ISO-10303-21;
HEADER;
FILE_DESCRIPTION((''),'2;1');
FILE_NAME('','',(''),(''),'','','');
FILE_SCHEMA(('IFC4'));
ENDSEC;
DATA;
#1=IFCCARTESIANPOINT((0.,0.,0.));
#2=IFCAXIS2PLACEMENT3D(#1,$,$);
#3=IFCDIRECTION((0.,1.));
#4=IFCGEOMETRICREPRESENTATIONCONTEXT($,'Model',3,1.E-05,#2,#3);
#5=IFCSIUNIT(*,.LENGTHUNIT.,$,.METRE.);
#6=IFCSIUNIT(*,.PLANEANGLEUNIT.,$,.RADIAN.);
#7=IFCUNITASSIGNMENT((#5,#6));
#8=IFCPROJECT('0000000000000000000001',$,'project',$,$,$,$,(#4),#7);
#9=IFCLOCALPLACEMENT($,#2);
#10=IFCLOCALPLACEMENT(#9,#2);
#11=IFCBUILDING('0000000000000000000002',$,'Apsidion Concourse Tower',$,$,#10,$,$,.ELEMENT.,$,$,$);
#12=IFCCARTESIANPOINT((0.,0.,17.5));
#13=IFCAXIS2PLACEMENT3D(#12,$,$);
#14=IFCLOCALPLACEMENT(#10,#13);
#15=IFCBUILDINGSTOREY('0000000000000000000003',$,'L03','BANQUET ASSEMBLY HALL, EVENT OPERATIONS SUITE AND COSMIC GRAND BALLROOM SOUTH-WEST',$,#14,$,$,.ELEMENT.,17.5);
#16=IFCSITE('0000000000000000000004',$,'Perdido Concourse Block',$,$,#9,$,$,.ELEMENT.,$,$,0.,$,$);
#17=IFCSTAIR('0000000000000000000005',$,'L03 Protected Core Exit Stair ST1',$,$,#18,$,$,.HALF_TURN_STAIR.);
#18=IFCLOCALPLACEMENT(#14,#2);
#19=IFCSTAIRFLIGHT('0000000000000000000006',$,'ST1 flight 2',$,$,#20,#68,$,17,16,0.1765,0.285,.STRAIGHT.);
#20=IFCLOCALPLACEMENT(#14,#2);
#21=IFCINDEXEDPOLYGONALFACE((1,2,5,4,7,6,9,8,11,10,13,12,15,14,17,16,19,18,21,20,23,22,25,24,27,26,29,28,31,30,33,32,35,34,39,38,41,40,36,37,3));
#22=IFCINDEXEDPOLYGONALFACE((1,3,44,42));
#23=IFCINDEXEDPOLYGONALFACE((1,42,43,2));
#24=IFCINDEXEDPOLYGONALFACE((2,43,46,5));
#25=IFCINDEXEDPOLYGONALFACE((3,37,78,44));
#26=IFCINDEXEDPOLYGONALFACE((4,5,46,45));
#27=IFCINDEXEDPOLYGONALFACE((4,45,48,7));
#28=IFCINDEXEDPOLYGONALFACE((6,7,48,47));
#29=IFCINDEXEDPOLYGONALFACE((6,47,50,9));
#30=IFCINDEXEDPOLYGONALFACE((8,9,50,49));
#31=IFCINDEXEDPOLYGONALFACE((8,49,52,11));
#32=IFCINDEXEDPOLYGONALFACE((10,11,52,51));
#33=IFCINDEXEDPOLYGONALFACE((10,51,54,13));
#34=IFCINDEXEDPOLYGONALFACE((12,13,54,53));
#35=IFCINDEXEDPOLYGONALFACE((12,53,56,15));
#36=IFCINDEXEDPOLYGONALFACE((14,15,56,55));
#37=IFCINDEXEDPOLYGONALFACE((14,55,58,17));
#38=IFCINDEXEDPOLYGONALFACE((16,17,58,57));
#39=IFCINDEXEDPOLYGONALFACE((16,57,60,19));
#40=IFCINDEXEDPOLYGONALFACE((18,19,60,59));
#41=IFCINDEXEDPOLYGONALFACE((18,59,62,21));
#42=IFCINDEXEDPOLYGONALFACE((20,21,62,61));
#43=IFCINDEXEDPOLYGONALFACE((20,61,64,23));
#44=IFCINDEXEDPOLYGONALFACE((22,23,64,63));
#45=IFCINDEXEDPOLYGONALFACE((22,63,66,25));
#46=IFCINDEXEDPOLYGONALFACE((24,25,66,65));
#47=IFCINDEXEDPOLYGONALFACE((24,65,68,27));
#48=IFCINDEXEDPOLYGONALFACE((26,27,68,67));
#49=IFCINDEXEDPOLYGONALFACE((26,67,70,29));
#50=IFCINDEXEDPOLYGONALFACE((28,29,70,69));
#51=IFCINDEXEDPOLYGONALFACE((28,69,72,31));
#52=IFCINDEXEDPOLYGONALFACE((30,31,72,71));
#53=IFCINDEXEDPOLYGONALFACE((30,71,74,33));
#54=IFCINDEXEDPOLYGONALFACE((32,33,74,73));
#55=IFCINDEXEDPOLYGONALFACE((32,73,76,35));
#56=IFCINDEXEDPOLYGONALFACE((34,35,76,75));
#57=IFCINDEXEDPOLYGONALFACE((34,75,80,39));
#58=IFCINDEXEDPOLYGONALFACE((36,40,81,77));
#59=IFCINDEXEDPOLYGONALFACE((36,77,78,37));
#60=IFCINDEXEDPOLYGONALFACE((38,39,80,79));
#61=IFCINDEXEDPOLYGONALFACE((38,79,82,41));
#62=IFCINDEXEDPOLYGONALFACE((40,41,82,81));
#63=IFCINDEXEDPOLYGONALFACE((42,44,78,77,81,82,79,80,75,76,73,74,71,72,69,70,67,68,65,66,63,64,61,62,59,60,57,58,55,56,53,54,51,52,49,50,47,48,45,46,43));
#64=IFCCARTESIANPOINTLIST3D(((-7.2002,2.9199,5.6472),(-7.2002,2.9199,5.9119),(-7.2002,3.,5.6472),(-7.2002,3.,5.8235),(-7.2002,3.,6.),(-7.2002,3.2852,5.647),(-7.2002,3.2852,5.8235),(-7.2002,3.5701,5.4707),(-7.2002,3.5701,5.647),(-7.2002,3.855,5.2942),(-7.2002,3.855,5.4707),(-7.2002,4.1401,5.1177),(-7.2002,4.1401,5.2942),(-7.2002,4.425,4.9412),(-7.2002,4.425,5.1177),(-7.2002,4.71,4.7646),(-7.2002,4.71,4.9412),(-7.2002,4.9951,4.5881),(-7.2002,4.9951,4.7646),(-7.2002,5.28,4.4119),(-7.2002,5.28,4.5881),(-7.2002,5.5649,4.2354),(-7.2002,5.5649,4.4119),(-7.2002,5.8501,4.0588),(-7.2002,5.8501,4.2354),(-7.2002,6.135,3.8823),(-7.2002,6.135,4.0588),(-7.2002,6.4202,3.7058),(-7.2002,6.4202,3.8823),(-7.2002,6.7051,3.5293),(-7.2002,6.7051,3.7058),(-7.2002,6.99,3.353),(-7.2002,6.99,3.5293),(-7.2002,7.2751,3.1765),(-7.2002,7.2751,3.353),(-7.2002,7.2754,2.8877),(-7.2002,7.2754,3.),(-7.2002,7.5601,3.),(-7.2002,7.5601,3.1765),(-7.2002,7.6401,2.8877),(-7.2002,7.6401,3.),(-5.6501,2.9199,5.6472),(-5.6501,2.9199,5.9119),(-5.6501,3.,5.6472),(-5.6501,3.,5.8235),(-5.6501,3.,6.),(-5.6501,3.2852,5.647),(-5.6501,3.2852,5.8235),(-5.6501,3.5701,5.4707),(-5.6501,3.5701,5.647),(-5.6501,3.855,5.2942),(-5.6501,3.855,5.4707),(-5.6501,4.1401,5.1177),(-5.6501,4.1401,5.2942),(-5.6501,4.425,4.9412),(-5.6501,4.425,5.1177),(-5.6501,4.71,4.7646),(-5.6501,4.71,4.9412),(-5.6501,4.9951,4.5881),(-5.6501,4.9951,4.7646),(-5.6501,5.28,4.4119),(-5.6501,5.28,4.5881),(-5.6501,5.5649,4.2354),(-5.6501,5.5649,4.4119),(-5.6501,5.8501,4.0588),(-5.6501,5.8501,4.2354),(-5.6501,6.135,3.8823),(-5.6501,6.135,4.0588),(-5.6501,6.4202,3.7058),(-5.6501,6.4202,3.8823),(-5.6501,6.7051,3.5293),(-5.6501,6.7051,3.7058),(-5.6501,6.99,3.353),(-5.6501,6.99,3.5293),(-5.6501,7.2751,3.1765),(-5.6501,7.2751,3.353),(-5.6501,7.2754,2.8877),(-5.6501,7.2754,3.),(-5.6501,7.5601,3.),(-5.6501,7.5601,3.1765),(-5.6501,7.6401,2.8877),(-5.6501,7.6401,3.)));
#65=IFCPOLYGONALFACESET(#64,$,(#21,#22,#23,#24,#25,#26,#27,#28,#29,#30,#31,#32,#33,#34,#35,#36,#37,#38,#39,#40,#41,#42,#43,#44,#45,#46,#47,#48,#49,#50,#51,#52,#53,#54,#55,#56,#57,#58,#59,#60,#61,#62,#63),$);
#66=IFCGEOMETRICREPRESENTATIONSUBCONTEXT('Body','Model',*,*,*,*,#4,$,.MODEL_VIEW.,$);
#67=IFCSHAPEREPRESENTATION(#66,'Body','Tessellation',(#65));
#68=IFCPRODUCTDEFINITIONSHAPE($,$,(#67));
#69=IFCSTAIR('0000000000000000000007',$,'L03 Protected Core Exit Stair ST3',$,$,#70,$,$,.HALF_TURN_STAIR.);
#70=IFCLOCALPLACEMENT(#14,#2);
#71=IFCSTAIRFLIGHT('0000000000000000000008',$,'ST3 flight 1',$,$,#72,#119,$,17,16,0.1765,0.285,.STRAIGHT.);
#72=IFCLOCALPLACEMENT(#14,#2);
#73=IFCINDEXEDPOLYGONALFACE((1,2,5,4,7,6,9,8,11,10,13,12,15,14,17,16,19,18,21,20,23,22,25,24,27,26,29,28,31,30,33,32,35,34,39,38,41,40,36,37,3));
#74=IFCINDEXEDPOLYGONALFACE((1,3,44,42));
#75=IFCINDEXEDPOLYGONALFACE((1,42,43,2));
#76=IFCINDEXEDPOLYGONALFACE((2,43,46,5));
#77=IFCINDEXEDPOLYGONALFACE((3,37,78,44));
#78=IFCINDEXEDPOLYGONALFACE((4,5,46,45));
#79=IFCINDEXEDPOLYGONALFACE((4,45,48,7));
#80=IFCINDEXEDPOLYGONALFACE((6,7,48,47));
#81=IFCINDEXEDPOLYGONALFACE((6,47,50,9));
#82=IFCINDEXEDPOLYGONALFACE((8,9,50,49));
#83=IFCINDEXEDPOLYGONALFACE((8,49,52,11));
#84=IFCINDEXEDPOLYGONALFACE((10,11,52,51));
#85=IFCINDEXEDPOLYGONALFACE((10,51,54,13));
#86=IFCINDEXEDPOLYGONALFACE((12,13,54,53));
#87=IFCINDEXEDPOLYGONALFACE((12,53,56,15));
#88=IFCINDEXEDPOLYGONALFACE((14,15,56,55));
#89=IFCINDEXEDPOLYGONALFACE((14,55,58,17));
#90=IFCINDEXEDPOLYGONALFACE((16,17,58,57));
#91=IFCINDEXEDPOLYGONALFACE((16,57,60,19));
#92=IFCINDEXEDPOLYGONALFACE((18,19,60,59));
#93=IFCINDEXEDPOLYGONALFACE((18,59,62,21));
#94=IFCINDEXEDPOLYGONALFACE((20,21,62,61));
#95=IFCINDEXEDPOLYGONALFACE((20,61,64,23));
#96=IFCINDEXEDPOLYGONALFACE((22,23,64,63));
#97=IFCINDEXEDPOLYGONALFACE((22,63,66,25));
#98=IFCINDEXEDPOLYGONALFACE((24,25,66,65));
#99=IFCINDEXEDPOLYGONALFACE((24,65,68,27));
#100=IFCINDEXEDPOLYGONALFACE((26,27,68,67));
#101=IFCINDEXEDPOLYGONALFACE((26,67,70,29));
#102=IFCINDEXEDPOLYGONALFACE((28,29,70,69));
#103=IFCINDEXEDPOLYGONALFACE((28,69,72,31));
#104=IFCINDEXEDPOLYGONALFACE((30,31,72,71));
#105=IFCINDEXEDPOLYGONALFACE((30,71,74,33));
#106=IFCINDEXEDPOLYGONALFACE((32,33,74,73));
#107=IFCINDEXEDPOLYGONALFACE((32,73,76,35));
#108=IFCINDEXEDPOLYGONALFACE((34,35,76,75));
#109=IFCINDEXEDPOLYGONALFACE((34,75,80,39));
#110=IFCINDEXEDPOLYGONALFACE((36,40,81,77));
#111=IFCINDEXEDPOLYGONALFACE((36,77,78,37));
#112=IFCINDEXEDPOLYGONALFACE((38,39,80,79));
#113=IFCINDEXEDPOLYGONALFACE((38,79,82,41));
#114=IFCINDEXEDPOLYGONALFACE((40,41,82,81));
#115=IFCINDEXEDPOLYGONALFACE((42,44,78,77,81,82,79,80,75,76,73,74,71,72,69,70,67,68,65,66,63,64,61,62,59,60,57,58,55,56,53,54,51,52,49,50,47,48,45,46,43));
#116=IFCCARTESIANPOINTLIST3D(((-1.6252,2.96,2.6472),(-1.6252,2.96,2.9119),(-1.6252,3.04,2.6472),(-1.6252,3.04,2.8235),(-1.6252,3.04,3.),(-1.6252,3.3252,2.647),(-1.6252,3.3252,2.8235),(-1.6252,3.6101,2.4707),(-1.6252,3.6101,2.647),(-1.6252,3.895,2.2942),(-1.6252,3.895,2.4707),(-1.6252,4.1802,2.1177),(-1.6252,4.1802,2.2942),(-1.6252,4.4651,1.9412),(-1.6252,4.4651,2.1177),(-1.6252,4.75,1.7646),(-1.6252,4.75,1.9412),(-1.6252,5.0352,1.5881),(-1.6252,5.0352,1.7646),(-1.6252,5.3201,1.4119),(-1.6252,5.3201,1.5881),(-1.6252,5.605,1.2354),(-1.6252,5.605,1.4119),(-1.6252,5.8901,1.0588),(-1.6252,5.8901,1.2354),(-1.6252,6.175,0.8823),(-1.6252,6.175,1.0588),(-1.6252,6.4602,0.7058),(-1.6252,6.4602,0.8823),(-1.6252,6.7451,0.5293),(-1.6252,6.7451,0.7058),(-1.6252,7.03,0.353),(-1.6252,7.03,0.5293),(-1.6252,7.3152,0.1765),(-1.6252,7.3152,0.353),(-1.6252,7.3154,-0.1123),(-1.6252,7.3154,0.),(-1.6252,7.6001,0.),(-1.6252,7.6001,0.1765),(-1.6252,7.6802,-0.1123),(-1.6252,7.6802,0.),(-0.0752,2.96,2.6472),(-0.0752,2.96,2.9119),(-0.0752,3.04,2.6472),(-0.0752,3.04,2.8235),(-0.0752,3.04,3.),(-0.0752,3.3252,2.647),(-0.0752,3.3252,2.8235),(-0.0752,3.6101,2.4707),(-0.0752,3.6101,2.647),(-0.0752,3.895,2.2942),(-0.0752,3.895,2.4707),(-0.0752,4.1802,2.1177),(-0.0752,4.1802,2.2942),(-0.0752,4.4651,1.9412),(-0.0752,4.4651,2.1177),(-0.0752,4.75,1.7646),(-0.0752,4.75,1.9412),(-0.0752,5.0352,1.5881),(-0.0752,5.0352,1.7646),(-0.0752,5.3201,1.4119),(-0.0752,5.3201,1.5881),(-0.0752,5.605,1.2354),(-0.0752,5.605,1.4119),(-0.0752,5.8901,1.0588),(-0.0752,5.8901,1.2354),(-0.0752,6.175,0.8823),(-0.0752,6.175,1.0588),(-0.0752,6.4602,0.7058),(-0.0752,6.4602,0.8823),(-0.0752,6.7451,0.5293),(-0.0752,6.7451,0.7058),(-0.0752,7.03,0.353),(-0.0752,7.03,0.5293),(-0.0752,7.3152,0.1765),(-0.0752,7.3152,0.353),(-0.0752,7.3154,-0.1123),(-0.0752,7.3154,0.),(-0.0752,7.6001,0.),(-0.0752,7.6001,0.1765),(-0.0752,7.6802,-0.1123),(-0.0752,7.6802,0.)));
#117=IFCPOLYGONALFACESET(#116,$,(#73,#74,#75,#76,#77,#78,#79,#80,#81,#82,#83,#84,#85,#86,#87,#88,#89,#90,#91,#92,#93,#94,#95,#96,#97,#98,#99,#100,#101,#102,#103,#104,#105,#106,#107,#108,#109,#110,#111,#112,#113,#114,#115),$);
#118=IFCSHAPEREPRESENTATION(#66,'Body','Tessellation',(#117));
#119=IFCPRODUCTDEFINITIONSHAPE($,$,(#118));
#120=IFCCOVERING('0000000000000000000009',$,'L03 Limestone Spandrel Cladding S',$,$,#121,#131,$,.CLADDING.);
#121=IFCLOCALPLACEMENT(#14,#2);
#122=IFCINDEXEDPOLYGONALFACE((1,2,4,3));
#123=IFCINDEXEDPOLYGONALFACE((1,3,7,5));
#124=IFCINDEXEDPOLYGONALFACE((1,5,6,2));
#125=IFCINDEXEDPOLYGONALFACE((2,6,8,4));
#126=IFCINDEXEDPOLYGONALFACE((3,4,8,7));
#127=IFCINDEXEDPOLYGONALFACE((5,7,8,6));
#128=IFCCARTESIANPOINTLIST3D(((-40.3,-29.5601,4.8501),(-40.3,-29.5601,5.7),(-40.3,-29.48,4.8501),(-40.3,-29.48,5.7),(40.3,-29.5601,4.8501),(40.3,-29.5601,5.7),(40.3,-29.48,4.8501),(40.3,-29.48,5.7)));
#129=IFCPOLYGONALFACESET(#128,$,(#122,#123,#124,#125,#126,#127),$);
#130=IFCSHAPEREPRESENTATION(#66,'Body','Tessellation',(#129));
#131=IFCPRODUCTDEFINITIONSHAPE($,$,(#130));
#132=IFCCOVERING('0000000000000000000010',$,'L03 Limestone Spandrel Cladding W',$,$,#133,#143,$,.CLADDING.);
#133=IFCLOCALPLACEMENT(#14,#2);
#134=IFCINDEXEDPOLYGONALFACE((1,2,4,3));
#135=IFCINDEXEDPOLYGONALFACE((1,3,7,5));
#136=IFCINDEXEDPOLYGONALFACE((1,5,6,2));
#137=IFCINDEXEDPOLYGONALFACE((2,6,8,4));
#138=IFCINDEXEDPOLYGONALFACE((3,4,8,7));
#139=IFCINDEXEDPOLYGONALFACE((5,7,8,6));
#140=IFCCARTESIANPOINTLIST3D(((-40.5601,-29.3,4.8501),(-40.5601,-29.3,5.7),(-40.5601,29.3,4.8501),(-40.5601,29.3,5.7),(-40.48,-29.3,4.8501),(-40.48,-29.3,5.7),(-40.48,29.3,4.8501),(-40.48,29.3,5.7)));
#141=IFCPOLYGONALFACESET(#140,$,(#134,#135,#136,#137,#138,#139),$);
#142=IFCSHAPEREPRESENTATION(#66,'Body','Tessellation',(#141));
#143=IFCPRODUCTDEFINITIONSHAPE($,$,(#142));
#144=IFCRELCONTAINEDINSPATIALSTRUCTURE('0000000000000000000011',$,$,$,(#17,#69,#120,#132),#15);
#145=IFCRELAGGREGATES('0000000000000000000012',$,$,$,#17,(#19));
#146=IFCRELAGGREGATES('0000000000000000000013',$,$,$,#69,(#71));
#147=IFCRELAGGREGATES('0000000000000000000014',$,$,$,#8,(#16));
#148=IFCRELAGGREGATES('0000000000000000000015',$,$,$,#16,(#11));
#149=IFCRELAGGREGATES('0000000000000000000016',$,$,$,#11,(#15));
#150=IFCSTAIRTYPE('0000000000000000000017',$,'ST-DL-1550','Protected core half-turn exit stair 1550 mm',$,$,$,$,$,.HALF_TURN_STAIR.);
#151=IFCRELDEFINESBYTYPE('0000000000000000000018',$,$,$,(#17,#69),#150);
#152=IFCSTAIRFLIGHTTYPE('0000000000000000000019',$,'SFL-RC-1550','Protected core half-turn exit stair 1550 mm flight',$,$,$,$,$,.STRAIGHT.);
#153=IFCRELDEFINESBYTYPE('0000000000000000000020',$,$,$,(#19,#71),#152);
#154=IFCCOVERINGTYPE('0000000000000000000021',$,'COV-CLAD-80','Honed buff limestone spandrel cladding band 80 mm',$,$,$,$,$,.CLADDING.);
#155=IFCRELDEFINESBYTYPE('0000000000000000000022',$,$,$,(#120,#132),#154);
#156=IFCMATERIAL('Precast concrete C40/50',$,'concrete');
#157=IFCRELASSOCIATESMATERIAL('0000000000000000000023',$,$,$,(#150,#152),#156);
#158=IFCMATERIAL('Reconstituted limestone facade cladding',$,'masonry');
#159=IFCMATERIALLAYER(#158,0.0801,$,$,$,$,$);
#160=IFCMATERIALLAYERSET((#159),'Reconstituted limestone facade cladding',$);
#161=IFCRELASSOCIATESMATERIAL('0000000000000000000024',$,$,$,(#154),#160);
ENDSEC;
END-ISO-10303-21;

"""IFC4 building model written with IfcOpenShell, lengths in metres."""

from ifc_helpers import new_model, si_unit, direction, frame, origin, place, context, subcontext, project, spatial, polyline, outline, extrude, material, layer, layer_set, type_object, element, aggregate, save


model = new_model("IFC4")

# Units and contexts
model_context = context("Model", 3, precision=1e-05, world=origin(), true_north=direction((0.0, 1.0)))
body_context = subcontext(model_context, "Body", "Model", "MODEL_VIEW")
ifc_project = project(units=[si_unit("LENGTHUNIT", "METRE"), si_unit("PLANEANGLEUNIT", "RADIAN")], contexts=[model_context])

# Site, building, storey
site_placement = place(None, origin())
site = spatial("IfcSite", under=ifc_project, at=site_placement, Name="Perdido Concourse Block", CompositionType="ELEMENT", RefElevation=0.0)
building_placement = place(site_placement, origin())
building = spatial("IfcBuilding", under=site, at=building_placement, Name="Apsidion Concourse Tower", CompositionType="ELEMENT")
storey_placement = place(building_placement, frame((0.0, 0.0, 17.5)))
storey = spatial("IfcBuildingStorey", under=building, at=storey_placement, Name="L03", Description="BANQUET ASSEMBLY HALL, EVENT OPERATIONS SUITE AND COSMIC GRAND BALLROOM SOUTH-WEST", CompositionType="ELEMENT", Elevation=17.5)

# Stair, stair flight
ifc_material_1 = material(Name="Precast concrete C40/50", Category="concrete")
stair_type = type_object("IfcStairType", Name="ST-DL-1550", Description="Protected core half-turn exit stair 1550 mm", PredefinedType="HALF_TURN_STAIR", material=ifc_material_1)
stair_1_placement = place(storey_placement, origin())
stair_1 = element("IfcStair", 1, at=stair_1_placement, inside=storey, type_object=stair_type, Name="L03 Protected Core Exit Stair ST1", PredefinedType="HALF_TURN_STAIR")
stair_flight_type = type_object("IfcStairFlightType", Name="SFL-RC-1550", Description="Protected core half-turn exit stair 1550 mm flight", PredefinedType="STRAIGHT", material=ifc_material_1)
stair_flight_1_placement = place(storey_placement, frame((-6.425, 7.5601, 3.0), z_axis=(0.0, 0.0, 1.0), x_axis=(0.0, -1.0, 0.0)))
stair_flight_1 = element("IfcStairFlight", 2, at=stair_flight_1_placement, type_object=stair_flight_type, Name="ST1 flight 2", NumberOfRisers=17, NumberOfTreads=16, PredefinedType="STRAIGHT", RiserHeight=0.1765, TreadLength=0.285, context=body_context, shape_type="SweptSolid", body=[
    extrude(outline(polyline([(-0.0801, -0.1123), (-0.0801, 0.0), (0.0, 0.0), (0.0, 0.1765), (0.2849, 0.1765), (0.2849, 0.353), (0.5701, 0.353), (0.5701, 0.5293), (0.855, 0.5293), (0.855, 0.7058), (1.1399, 0.7058), (1.1399, 0.8823), (1.425, 0.8823), (1.425, 1.0588), (1.71, 1.0588), (1.71, 1.2354), (1.9951, 1.2354), (1.9951, 1.4119), (2.28, 1.4119), (2.28, 1.5881), (2.5649, 1.5881), (2.5649, 1.7646), (2.8501, 1.7646), (2.8501, 1.9412), (3.135, 1.9412), (3.135, 2.1177), (3.4199, 2.1177), (3.4199, 2.2942), (3.7051, 2.2942), (3.7051, 2.4707), (3.99, 2.4707), (3.99, 2.647), (4.2749, 2.647), (4.2749, 2.8235), (4.5601, 2.8235), (4.5601, 3.0), (4.6401, 2.9119), (4.6401, 2.6472), (4.5601, 2.6472), (0.2847, 0.0), (0.2847, -0.1123), (-0.0801, -0.1123)])), frame((0.0, 0.7749, 0.0), z_axis=(0.0, -1.0, 0.0), x_axis=(1.0, 0.0, 0.0)), (0.0, 0.0, 1.0), 1.55),
])
aggregate(stair_1, [stair_flight_1])

# Stair, stair flight
stair_2_placement = place(storey_placement, origin())
stair_2 = element("IfcStair", 3, at=stair_2_placement, inside=storey, type_object=stair_type, Name="L03 Protected Core Exit Stair ST3", PredefinedType="HALF_TURN_STAIR")
stair_flight_2_placement = place(storey_placement, frame((-0.8501, 7.6001, 0.0), z_axis=(0.0, 0.0, 1.0), x_axis=(0.0, -1.0, 0.0)))
stair_flight_2 = element("IfcStairFlight", 4, at=stair_flight_2_placement, type_object=stair_flight_type, Name="ST3 flight 1", NumberOfRisers=17, NumberOfTreads=16, PredefinedType="STRAIGHT", RiserHeight=0.1765, TreadLength=0.285, context=body_context, shape_type="SweptSolid", body=[
    extrude(outline(polyline([(-0.0801, -0.1123), (-0.0801, 0.0), (0.0, 0.0), (0.0, 0.1765), (0.2849, 0.1765), (0.2849, 0.353), (0.5701, 0.353), (0.5701, 0.5293), (0.855, 0.5293), (0.855, 0.7058), (1.1399, 0.7058), (1.1399, 0.8823), (1.425, 0.8823), (1.425, 1.0588), (1.71, 1.0588), (1.71, 1.2354), (1.9951, 1.2354), (1.9951, 1.4119), (2.28, 1.4119), (2.28, 1.5881), (2.5649, 1.5881), (2.5649, 1.7646), (2.8501, 1.7646), (2.8501, 1.9412), (3.135, 1.9412), (3.135, 2.1177), (3.4199, 2.1177), (3.4199, 2.2942), (3.7051, 2.2942), (3.7051, 2.4707), (3.99, 2.4707), (3.99, 2.647), (4.2749, 2.647), (4.2749, 2.8235), (4.5601, 2.8235), (4.5601, 3.0), (4.6401, 2.9119), (4.6401, 2.6472), (4.5601, 2.6472), (0.2847, 0.0), (0.2847, -0.1123), (-0.0801, -0.1123)])), frame((0.0, 0.7749, 0.0), z_axis=(0.0, -1.0, 0.0), x_axis=(1.0, 0.0, 0.0)), (0.0, 0.0, 1.0), 1.55),
])
aggregate(stair_2, [stair_flight_2])

# Coverings
ifc_material_2 = material(Name="Reconstituted limestone facade cladding", Category="masonry")
ifc_layer_1 = layer(ifc_material_2, 0.0801)
ifc_layer_set_1 = layer_set([ifc_layer_1], Name="Reconstituted limestone facade cladding")
covering_type = type_object("IfcCoveringType", Name="COV-CLAD-80", Description="Honed buff limestone spandrel cladding band 80 mm", PredefinedType="CLADDING", material=ifc_layer_set_1)
covering_1_placement = place(storey_placement, frame((0.0, 0.0, 4.8501)))
element("IfcCovering", 5, at=covering_1_placement, inside=storey, type_object=covering_type, Name="L03 Limestone Spandrel Cladding S", PredefinedType="CLADDING", context=body_context, shape_type="SweptSolid", body=[
    extrude(outline(polyline([(40.3, -29.48), (-40.3, -29.48), (-40.3, -29.5601), (40.3, -29.5601), (40.3, -29.48)])), origin(), (0.0, 0.0, 1.0), 0.8499),
])
covering_2_placement = place(storey_placement, frame((0.0, 0.0, 4.8501)))
element("IfcCovering", 6, at=covering_2_placement, inside=storey, type_object=covering_type, Name="L03 Limestone Spandrel Cladding W", PredefinedType="CLADDING", context=body_context, shape_type="SweptSolid", body=[
    extrude(outline(polyline([(-40.48, -29.3), (-40.48, 29.3), (-40.5601, 29.3), (-40.5601, -29.3), (-40.48, -29.3)])), origin(), (0.0, 0.0, 1.0), 0.8499),
])

save(model, "model.ifc")
